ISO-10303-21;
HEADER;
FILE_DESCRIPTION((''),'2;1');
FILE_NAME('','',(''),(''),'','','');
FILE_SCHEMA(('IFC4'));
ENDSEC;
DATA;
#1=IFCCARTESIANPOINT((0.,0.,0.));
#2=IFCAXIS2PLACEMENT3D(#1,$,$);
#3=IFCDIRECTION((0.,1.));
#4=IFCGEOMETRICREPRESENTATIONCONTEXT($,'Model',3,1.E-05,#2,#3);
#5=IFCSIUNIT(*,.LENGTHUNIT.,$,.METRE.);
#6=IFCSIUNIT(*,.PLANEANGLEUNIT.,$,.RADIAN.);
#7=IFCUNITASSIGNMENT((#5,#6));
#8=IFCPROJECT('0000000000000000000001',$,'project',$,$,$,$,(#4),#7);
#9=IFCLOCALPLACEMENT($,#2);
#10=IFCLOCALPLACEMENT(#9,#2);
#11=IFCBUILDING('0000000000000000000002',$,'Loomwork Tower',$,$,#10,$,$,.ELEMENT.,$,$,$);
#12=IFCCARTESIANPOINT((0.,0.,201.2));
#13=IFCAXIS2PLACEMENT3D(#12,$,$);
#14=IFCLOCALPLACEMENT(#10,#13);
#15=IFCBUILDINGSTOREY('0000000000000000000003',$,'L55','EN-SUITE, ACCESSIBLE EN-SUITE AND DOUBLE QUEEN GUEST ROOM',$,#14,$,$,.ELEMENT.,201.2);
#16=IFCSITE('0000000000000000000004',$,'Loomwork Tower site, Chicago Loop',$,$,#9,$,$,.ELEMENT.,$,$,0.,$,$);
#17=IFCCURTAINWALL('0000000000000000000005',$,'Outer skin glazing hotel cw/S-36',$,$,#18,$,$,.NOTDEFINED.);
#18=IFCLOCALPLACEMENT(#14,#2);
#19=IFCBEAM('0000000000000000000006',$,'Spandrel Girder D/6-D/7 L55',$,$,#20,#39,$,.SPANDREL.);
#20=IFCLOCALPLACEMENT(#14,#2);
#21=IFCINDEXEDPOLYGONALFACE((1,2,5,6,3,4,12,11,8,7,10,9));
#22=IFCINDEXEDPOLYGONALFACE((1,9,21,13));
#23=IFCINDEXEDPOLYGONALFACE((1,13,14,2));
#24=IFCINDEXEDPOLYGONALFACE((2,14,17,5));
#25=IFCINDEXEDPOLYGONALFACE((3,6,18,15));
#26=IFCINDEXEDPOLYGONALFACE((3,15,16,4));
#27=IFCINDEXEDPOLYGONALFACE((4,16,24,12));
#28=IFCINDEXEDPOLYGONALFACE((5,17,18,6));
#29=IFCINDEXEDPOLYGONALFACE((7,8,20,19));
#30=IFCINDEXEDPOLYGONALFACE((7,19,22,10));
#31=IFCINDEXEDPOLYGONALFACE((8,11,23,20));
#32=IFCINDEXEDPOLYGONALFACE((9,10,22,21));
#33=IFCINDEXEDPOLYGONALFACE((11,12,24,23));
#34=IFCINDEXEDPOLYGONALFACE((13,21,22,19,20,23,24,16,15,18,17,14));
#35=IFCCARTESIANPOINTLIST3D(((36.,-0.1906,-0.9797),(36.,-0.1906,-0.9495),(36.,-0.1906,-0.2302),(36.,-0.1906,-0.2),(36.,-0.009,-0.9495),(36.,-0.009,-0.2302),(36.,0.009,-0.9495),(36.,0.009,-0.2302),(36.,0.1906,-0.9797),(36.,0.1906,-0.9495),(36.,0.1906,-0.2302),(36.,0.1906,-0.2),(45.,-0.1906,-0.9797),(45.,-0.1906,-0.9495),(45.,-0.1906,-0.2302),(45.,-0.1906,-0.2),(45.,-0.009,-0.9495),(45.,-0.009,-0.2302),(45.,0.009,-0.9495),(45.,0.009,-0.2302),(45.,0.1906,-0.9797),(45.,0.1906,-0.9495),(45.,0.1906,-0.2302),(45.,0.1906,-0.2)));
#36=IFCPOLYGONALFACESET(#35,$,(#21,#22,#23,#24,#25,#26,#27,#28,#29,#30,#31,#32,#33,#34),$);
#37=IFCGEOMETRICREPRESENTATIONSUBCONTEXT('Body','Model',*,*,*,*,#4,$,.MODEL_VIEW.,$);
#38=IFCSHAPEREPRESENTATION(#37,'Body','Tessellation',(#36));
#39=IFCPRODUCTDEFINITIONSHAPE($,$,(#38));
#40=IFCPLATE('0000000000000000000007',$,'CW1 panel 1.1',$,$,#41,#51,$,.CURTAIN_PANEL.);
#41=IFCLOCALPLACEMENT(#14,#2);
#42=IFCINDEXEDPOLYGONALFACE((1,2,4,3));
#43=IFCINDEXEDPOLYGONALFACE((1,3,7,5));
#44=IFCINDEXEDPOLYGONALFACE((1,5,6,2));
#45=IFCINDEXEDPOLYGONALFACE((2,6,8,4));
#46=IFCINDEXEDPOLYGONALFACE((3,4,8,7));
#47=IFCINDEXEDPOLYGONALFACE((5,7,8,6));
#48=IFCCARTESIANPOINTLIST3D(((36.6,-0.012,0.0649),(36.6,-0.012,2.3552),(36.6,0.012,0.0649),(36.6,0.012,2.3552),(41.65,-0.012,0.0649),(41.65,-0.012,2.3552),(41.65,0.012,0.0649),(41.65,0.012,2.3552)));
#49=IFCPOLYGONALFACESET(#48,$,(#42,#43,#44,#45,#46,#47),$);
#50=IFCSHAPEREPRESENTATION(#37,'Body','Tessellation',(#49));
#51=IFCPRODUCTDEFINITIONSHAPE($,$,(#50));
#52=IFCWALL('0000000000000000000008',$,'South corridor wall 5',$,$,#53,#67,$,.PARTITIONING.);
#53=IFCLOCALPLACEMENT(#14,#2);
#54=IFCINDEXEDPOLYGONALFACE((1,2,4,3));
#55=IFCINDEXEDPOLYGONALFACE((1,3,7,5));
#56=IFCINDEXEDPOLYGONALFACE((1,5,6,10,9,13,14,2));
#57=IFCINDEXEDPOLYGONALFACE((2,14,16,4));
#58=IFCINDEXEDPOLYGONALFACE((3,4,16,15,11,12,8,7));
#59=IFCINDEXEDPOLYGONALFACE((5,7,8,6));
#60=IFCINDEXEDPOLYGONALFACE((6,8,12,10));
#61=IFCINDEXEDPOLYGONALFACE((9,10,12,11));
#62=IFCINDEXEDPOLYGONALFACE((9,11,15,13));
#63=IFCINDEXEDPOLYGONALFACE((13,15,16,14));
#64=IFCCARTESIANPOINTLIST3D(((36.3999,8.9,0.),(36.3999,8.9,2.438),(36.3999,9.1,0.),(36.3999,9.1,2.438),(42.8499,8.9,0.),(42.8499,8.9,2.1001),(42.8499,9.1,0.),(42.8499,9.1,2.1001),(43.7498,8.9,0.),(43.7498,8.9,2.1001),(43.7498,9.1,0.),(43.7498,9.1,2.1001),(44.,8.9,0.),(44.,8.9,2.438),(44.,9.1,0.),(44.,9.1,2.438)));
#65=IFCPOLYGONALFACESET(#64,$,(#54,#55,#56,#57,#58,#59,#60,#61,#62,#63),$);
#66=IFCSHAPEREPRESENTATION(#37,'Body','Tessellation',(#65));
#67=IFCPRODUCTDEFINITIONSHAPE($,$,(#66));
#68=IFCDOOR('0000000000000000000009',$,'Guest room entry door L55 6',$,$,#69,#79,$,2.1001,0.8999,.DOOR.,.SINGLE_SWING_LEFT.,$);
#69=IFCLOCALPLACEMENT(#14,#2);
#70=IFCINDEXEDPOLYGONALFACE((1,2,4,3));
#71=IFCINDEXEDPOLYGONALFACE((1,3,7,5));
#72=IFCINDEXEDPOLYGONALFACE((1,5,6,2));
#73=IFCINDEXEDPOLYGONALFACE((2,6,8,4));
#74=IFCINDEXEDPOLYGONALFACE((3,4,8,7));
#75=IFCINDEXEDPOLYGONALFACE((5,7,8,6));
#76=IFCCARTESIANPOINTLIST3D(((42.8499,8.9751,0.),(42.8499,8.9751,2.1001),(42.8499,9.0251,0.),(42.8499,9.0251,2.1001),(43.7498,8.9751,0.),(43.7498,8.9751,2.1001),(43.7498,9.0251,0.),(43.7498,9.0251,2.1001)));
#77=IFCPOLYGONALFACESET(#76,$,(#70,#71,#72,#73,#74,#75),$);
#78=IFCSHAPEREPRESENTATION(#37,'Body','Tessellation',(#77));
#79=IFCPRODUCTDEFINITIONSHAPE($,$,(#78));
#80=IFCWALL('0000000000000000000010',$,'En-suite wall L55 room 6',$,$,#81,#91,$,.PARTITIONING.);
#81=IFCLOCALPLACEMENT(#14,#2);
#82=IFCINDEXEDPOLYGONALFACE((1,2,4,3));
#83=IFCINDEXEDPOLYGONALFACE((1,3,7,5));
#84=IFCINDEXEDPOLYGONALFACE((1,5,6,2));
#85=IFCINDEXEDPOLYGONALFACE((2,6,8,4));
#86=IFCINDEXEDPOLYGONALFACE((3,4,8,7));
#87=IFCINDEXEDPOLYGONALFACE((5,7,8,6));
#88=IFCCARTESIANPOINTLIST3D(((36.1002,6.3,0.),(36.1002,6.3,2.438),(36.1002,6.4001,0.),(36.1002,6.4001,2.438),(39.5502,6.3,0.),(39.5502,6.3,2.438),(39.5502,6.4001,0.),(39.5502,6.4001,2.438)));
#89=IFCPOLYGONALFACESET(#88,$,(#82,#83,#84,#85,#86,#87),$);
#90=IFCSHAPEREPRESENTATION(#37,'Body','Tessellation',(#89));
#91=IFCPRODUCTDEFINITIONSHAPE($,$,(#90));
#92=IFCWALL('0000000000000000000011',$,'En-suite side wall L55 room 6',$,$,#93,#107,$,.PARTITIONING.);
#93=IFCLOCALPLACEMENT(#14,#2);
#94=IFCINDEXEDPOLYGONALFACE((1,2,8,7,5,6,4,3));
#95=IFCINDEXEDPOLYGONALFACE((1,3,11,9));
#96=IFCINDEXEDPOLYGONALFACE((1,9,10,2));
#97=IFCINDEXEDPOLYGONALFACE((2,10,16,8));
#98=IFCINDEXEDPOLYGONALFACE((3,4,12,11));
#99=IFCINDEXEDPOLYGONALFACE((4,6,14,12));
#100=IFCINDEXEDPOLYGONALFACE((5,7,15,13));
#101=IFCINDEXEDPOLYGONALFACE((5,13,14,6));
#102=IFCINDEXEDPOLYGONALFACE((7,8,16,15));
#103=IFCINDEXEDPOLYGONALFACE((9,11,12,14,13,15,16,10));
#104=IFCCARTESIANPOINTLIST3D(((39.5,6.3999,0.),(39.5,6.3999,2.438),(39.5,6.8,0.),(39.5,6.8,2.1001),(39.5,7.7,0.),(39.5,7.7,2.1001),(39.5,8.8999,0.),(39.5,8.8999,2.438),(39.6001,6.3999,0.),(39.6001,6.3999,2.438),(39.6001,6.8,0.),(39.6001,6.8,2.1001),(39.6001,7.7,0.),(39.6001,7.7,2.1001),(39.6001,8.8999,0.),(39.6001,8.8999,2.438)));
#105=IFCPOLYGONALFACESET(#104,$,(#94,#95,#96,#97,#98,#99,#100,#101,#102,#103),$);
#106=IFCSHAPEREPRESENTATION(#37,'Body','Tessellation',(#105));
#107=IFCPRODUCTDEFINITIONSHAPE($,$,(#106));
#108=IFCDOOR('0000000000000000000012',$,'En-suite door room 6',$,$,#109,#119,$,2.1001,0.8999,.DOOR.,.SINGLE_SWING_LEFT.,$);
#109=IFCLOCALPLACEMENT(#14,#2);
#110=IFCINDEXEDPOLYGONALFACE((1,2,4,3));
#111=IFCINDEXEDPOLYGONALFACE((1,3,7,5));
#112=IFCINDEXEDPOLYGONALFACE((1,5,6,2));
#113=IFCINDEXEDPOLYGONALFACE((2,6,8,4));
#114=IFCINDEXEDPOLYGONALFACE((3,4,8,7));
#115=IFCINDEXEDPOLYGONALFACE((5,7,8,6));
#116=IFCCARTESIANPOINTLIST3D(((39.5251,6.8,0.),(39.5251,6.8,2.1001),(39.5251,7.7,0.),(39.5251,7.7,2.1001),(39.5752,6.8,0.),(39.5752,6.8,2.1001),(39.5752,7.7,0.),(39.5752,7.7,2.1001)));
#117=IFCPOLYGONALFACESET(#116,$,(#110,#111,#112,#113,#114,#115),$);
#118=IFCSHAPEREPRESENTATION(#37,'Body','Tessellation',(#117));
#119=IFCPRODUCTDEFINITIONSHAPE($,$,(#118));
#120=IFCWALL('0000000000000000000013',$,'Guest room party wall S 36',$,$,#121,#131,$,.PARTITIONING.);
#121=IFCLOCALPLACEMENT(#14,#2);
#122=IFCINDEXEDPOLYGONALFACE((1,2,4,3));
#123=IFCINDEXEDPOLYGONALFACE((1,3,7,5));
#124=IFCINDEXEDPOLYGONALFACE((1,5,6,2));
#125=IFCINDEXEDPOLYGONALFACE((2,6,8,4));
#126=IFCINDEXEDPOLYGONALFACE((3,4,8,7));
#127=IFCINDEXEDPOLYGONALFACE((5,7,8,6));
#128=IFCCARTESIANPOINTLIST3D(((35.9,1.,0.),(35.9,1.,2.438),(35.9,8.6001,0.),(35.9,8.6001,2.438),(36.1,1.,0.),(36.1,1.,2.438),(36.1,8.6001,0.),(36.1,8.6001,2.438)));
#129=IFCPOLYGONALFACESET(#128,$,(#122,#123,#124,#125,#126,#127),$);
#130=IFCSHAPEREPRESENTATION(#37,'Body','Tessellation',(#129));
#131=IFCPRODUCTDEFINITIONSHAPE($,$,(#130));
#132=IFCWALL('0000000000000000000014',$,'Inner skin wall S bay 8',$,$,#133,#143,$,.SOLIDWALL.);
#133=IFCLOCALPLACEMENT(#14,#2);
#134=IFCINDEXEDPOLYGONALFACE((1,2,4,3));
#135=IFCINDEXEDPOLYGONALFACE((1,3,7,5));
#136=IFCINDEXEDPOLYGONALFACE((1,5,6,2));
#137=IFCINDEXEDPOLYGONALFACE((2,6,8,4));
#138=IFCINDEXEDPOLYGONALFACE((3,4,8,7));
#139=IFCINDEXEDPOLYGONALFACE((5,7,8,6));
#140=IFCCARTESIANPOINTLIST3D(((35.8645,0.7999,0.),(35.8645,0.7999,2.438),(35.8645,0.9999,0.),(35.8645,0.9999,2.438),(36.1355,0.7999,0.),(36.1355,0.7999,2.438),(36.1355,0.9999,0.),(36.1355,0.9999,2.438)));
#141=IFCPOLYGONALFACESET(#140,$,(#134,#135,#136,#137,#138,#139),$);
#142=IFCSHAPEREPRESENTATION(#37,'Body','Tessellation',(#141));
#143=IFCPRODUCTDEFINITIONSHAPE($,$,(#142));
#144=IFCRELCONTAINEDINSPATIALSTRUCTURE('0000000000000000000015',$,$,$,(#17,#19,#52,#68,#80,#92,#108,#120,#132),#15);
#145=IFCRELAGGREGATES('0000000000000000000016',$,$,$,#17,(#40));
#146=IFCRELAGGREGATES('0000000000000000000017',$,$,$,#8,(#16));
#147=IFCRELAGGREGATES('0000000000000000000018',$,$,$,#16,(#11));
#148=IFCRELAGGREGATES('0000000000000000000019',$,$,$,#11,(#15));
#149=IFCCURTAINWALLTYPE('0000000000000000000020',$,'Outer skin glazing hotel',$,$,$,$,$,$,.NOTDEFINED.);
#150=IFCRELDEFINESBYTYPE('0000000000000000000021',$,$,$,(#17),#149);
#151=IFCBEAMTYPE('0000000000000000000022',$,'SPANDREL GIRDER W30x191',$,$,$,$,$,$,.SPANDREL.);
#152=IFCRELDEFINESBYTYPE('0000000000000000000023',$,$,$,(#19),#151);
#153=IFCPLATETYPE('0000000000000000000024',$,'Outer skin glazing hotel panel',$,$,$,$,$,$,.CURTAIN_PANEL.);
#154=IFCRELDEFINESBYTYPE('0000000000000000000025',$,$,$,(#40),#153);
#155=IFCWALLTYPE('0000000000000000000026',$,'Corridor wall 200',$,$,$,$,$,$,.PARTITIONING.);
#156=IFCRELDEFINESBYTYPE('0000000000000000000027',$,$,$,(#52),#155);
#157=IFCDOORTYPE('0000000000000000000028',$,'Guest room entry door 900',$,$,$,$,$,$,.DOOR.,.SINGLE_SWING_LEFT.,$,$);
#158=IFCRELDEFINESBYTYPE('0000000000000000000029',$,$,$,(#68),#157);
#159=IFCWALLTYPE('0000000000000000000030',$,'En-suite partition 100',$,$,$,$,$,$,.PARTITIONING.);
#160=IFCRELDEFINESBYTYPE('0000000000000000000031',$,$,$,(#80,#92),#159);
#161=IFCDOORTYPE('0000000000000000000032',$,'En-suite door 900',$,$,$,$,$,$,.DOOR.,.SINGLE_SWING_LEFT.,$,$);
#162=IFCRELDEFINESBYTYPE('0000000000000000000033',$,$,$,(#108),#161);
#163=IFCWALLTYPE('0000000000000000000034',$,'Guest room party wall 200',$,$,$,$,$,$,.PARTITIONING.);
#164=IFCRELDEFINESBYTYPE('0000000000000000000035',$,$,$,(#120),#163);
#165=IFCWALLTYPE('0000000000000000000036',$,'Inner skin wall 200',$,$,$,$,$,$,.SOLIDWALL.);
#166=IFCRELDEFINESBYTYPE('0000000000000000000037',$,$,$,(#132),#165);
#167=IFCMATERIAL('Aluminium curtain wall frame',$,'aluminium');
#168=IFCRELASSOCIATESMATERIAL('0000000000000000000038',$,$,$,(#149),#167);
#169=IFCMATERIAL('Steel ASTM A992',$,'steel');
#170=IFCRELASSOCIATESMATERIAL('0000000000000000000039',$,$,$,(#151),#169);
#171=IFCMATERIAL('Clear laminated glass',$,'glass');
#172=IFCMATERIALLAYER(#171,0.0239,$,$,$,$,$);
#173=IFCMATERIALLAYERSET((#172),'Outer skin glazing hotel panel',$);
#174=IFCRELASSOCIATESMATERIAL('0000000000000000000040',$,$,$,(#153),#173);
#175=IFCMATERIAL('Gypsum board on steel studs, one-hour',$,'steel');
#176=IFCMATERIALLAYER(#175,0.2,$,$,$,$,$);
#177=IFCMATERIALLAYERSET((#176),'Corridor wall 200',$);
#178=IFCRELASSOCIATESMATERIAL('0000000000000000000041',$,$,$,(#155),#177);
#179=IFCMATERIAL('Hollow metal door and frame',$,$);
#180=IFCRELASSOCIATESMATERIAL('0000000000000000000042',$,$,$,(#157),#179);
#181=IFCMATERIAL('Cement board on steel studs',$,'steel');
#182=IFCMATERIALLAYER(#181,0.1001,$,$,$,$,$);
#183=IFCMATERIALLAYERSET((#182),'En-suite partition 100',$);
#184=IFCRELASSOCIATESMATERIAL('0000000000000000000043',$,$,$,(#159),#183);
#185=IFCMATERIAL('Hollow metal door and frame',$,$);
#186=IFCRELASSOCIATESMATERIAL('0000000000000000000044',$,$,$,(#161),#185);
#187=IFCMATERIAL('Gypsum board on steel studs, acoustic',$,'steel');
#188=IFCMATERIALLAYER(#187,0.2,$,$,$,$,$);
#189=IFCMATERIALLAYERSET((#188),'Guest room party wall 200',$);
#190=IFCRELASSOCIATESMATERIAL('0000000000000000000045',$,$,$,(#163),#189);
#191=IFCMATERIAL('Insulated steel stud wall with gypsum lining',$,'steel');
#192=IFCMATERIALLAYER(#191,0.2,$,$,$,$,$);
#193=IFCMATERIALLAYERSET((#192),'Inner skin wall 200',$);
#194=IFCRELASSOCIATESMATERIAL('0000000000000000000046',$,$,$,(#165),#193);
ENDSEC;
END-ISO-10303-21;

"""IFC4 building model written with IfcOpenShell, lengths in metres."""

from ifc_helpers import new_model, si_unit, direction, frame, frame_2d, origin, origin_2d, place, context, subcontext, project, spatial, rectangle, i_section, extrude, material, layer, layer_set, material_profile, profile_set, type_object, element, fill, aggregate, save


model = new_model("IFC4")

# Units and contexts
model_context = context("Model", 3, precision=1e-05, world=origin(), true_north=direction((0.0, 1.0)))
body_context = subcontext(model_context, "Body", "Model", "MODEL_VIEW")
ifc_project = project(units=[si_unit("LENGTHUNIT", "METRE"), si_unit("PLANEANGLEUNIT", "RADIAN")], contexts=[model_context])

# Site, building, storey
site_placement = place(None, origin())
site = spatial("IfcSite", under=ifc_project, at=site_placement, Name="Loomwork Tower site, Chicago Loop", CompositionType="ELEMENT", RefElevation=0.0)
building_placement = place(site_placement, origin())
building = spatial("IfcBuilding", under=site, at=building_placement, Name="Loomwork Tower", CompositionType="ELEMENT")
storey_placement = place(building_placement, frame((0.0, 0.0, 201.2)))
storey = spatial("IfcBuildingStorey", under=building, at=storey_placement, Name="L55", Description="EN-SUITE, ACCESSIBLE EN-SUITE AND DOUBLE QUEEN GUEST ROOM", CompositionType="ELEMENT", Elevation=201.2)

# Shared definitions
ifc_material_1 = material(Name="Aluminium curtain wall frame", Category="aluminium")
curtain_wall_type = type_object("IfcCurtainWallType", Name="Outer skin glazing hotel", PredefinedType="NOTDEFINED", material=ifc_material_1)

# Curtain wall
curtain_wall_1_placement = place(storey_placement, origin())
curtain_wall_1 = element("IfcCurtainWall", 1, at=curtain_wall_1_placement, inside=storey, type_object=curtain_wall_type, Name="Outer skin glazing hotel cw/S-36", PredefinedType="NOTDEFINED")

# Beam
ifc_material_2 = material(Name="Steel ASTM A992", Category="steel")
ifc_material_profile_1 = material_profile(ifc_material_2, i_section(OverallWidth=0.3811, OverallDepth=0.7798, WebThickness=0.0181, FlangeThickness=0.0303, at=origin_2d()), Name="W30x191")
ifc_profile_set_1 = profile_set([ifc_material_profile_1], Name="Steel ASTM A992")
beam_type_1 = type_object("IfcBeamType", Name="SPANDREL GIRDER W30x191", PredefinedType="SPANDREL", material=ifc_profile_set_1)
beam_1_placement = place(storey_placement, frame((36.0, 0.0, -0.5898), z_axis=(1.0, 0.0, 0.0), x_axis=(0.0, 1.0, 0.0)))
element("IfcBeam", 2, at=beam_1_placement, inside=storey, type_object=beam_type_1, Name="Spandrel Girder D/6-D/7 L55", PredefinedType="SPANDREL", context=body_context, shape_type="SweptSolid", body=[
    extrude(i_section(OverallWidth=0.3811, OverallDepth=0.7798, WebThickness=0.0181, FlangeThickness=0.0303, at=origin_2d()), origin(), (0.0, 0.0, 1.0), 9.0),
])

# Plate
ifc_material_3 = material(Name="Clear laminated glass", Category="glass")
ifc_layer_1 = layer(ifc_material_3, 0.0239)
ifc_layer_set_1 = layer_set([ifc_layer_1], Name="Outer skin glazing hotel panel")
plate_type = type_object("IfcPlateType", Name="Outer skin glazing hotel panel", PredefinedType="CURTAIN_PANEL", material=ifc_layer_set_1)
plate_placement = place(storey_placement, frame((39.125, 0.0, 0.0649), z_axis=(0.0, 0.0, 1.0), x_axis=(1.0, 0.0, 0.0)))
plate = element("IfcPlate", 3, at=plate_placement, type_object=plate_type, Name="CW1 panel 1.1", PredefinedType="CURTAIN_PANEL", context=body_context, shape_type="SweptSolid", body=[
    extrude(rectangle(XDim=5.05, YDim=0.0239, at=origin_2d()), origin(), (0.0, 0.0, 1.0), 2.2903),
])
aggregate(curtain_wall_1, [plate])

# Wall, opening, door
ifc_material_4 = material(Name="Gypsum board on steel studs, one-hour", Category="steel")
ifc_layer_2 = layer(ifc_material_4, 0.2)
ifc_layer_set_2 = layer_set([ifc_layer_2], Name="Corridor wall 200")
wall_type_1 = type_object("IfcWallType", Name="Corridor wall 200", PredefinedType="PARTITIONING", material=ifc_layer_set_2)
wall_1_placement = place(storey_placement, frame((36.3999, 9.0, 0.0), z_axis=(0.0, 0.0, 1.0), x_axis=(1.0, 0.0, 0.0)))
wall_1 = element("IfcWall", 4, at=wall_1_placement, inside=storey, type_object=wall_type_1, Name="South corridor wall 5", PredefinedType="PARTITIONING", context=body_context, shape_type="SweptSolid", body=[
    extrude(rectangle(XDim=7.6001, YDim=0.2, at=frame_2d((3.8, 0.0))), origin(), (0.0, 0.0, 1.0), 2.438),
])
opening_1_placement = place(wall_1_placement, frame((6.45, 0.0, 0.0)))
opening_1 = element("IfcOpeningElement", 5, at=opening_1_placement, cuts=wall_1, PredefinedType="OPENING", context=body_context, shape_type="SweptSolid", body=[
    extrude(rectangle(XDim=0.8999, YDim=2.1001, at=frame_2d((0.45, 1.05))), frame((0.0, 0.1099, 0.0), z_axis=(0.0, -1.0, 0.0), x_axis=(1.0, 0.0, 0.0)), (0.0, 0.0, 1.0), 0.22),
])
ifc_material_5 = material(Name="Hollow metal door and frame")
door_type_1 = type_object("IfcDoorType", Name="Guest room entry door 900", OperationType="SINGLE_SWING_LEFT", PredefinedType="DOOR", material=ifc_material_5)
door_1_placement = place(opening_1_placement, frame((0.8999, 0.0, 0.0), z_axis=(0.0, 0.0, 1.0), x_axis=(-1.0, 0.0, 0.0)))
door_1 = element("IfcDoor", 6, at=door_1_placement, inside=storey, type_object=door_type_1, Name="Guest room entry door L55 6", OperationType="SINGLE_SWING_LEFT", OverallHeight=2.1001, OverallWidth=0.8999, PredefinedType="DOOR", context=body_context, shape_type="SweptSolid", body=[
    extrude(rectangle(XDim=0.8999, YDim=2.1001, at=frame_2d((0.45, 1.05))), frame((0.0, 0.0249, 0.0), z_axis=(0.0, -1.0, 0.0), x_axis=(1.0, 0.0, 0.0)), (0.0, 0.0, 1.0), 0.05),
])
fill(opening_1, door_1)

# Wall
ifc_material_6 = material(Name="Cement board on steel studs", Category="steel")
ifc_layer_3 = layer(ifc_material_6, 0.1001)
ifc_layer_set_3 = layer_set([ifc_layer_3], Name="En-suite partition 100")
wall_type_2 = type_object("IfcWallType", Name="En-suite partition 100", PredefinedType="PARTITIONING", material=ifc_layer_set_3)
wall_2_placement = place(storey_placement, frame((36.1001, 6.3501, 0.0), z_axis=(0.0, 0.0, 1.0), x_axis=(1.0, 0.0, 0.0)))
element("IfcWall", 7, at=wall_2_placement, inside=storey, type_object=wall_type_2, Name="En-suite wall L55 room 6", PredefinedType="PARTITIONING", context=body_context, shape_type="SweptSolid", body=[
    extrude(rectangle(XDim=3.45, YDim=0.1001, at=frame_2d((1.7251, 0.0))), origin(), (0.0, 0.0, 1.0), 2.438),
])

# Wall, opening, door
wall_3_placement = place(storey_placement, frame((39.55, 8.8999, 0.0), z_axis=(0.0, 0.0, 1.0), x_axis=(0.0, -1.0, 0.0)))
wall_3 = element("IfcWall", 8, at=wall_3_placement, inside=storey, type_object=wall_type_2, Name="En-suite side wall L55 room 6", PredefinedType="PARTITIONING", context=body_context, shape_type="SweptSolid", body=[
    extrude(rectangle(XDim=2.5, YDim=0.1001, at=frame_2d((1.25, 0.0))), origin(), (0.0, 0.0, 1.0), 2.438),
])
opening_2_placement = place(wall_3_placement, frame((1.2, 0.0, 0.0)))
opening_2 = element("IfcOpeningElement", 9, at=opening_2_placement, cuts=wall_3, PredefinedType="OPENING", context=body_context, shape_type="SweptSolid", body=[
    extrude(rectangle(XDim=0.8999, YDim=2.1001, at=frame_2d((0.45, 1.05))), frame((0.0, 0.0601, 0.0), z_axis=(0.0, -1.0, 0.0), x_axis=(1.0, 0.0, 0.0)), (0.0, 0.0, 1.0), 0.1201),
])
ifc_material_7 = material(Name="Hollow metal door and frame")
door_type_2 = type_object("IfcDoorType", Name="En-suite door 900", OperationType="SINGLE_SWING_LEFT", PredefinedType="DOOR", material=ifc_material_7)
door_2_placement = place(opening_2_placement, frame((0.8999, 0.0, 0.0), z_axis=(0.0, 0.0, 1.0), x_axis=(-1.0, 0.0, 0.0)))
door_2 = element("IfcDoor", 10, at=door_2_placement, inside=storey, type_object=door_type_2, Name="En-suite door room 6", OperationType="SINGLE_SWING_LEFT", OverallHeight=2.1001, OverallWidth=0.8999, PredefinedType="DOOR", context=body_context, shape_type="SweptSolid", body=[
    extrude(rectangle(XDim=0.8999, YDim=2.1001, at=frame_2d((0.45, 1.05))), frame((0.0, 0.0249, 0.0), z_axis=(0.0, -1.0, 0.0), x_axis=(1.0, 0.0, 0.0)), (0.0, 0.0, 1.0), 0.05),
])
fill(opening_2, door_2)

# Walls
ifc_material_8 = material(Name="Gypsum board on steel studs, acoustic", Category="steel")
ifc_layer_4 = layer(ifc_material_8, 0.2)
ifc_layer_set_4 = layer_set([ifc_layer_4], Name="Guest room party wall 200")
wall_type_3 = type_object("IfcWallType", Name="Guest room party wall 200", PredefinedType="PARTITIONING", material=ifc_layer_set_4)
wall_4_placement = place(storey_placement, frame((36.0, 8.6001, 0.0), z_axis=(0.0, 0.0, 1.0), x_axis=(0.0, -1.0, 0.0)))
element("IfcWall", 11, at=wall_4_placement, inside=storey, type_object=wall_type_3, Name="Guest room party wall S 36", PredefinedType="PARTITIONING", context=body_context, shape_type="SweptSolid", body=[
    extrude(rectangle(XDim=7.6001, YDim=0.2, at=frame_2d((3.8, 0.0))), origin(), (0.0, 0.0, 1.0), 2.438),
])
ifc_material_9 = material(Name="Insulated steel stud wall with gypsum lining", Category="steel")
ifc_layer_5 = layer(ifc_material_9, 0.2)
ifc_layer_set_5 = layer_set([ifc_layer_5], Name="Inner skin wall 200")
wall_type_4 = type_object("IfcWallType", Name="Inner skin wall 200", PredefinedType="SOLIDWALL", material=ifc_layer_set_5)
wall_5_placement = place(storey_placement, frame((35.8645, 0.8999, 0.0), z_axis=(0.0, 0.0, 1.0), x_axis=(1.0, 0.0, 0.0)))
element("IfcWall", 12, at=wall_5_placement, inside=storey, type_object=wall_type_4, Name="Inner skin wall S bay 8", PredefinedType="SOLIDWALL", context=body_context, shape_type="SweptSolid", body=[
    extrude(rectangle(XDim=0.271, YDim=0.2, at=frame_2d((0.1355, 0.0))), origin(), (0.0, 0.0, 1.0), 2.438),
])

save(model, "model.ifc")
